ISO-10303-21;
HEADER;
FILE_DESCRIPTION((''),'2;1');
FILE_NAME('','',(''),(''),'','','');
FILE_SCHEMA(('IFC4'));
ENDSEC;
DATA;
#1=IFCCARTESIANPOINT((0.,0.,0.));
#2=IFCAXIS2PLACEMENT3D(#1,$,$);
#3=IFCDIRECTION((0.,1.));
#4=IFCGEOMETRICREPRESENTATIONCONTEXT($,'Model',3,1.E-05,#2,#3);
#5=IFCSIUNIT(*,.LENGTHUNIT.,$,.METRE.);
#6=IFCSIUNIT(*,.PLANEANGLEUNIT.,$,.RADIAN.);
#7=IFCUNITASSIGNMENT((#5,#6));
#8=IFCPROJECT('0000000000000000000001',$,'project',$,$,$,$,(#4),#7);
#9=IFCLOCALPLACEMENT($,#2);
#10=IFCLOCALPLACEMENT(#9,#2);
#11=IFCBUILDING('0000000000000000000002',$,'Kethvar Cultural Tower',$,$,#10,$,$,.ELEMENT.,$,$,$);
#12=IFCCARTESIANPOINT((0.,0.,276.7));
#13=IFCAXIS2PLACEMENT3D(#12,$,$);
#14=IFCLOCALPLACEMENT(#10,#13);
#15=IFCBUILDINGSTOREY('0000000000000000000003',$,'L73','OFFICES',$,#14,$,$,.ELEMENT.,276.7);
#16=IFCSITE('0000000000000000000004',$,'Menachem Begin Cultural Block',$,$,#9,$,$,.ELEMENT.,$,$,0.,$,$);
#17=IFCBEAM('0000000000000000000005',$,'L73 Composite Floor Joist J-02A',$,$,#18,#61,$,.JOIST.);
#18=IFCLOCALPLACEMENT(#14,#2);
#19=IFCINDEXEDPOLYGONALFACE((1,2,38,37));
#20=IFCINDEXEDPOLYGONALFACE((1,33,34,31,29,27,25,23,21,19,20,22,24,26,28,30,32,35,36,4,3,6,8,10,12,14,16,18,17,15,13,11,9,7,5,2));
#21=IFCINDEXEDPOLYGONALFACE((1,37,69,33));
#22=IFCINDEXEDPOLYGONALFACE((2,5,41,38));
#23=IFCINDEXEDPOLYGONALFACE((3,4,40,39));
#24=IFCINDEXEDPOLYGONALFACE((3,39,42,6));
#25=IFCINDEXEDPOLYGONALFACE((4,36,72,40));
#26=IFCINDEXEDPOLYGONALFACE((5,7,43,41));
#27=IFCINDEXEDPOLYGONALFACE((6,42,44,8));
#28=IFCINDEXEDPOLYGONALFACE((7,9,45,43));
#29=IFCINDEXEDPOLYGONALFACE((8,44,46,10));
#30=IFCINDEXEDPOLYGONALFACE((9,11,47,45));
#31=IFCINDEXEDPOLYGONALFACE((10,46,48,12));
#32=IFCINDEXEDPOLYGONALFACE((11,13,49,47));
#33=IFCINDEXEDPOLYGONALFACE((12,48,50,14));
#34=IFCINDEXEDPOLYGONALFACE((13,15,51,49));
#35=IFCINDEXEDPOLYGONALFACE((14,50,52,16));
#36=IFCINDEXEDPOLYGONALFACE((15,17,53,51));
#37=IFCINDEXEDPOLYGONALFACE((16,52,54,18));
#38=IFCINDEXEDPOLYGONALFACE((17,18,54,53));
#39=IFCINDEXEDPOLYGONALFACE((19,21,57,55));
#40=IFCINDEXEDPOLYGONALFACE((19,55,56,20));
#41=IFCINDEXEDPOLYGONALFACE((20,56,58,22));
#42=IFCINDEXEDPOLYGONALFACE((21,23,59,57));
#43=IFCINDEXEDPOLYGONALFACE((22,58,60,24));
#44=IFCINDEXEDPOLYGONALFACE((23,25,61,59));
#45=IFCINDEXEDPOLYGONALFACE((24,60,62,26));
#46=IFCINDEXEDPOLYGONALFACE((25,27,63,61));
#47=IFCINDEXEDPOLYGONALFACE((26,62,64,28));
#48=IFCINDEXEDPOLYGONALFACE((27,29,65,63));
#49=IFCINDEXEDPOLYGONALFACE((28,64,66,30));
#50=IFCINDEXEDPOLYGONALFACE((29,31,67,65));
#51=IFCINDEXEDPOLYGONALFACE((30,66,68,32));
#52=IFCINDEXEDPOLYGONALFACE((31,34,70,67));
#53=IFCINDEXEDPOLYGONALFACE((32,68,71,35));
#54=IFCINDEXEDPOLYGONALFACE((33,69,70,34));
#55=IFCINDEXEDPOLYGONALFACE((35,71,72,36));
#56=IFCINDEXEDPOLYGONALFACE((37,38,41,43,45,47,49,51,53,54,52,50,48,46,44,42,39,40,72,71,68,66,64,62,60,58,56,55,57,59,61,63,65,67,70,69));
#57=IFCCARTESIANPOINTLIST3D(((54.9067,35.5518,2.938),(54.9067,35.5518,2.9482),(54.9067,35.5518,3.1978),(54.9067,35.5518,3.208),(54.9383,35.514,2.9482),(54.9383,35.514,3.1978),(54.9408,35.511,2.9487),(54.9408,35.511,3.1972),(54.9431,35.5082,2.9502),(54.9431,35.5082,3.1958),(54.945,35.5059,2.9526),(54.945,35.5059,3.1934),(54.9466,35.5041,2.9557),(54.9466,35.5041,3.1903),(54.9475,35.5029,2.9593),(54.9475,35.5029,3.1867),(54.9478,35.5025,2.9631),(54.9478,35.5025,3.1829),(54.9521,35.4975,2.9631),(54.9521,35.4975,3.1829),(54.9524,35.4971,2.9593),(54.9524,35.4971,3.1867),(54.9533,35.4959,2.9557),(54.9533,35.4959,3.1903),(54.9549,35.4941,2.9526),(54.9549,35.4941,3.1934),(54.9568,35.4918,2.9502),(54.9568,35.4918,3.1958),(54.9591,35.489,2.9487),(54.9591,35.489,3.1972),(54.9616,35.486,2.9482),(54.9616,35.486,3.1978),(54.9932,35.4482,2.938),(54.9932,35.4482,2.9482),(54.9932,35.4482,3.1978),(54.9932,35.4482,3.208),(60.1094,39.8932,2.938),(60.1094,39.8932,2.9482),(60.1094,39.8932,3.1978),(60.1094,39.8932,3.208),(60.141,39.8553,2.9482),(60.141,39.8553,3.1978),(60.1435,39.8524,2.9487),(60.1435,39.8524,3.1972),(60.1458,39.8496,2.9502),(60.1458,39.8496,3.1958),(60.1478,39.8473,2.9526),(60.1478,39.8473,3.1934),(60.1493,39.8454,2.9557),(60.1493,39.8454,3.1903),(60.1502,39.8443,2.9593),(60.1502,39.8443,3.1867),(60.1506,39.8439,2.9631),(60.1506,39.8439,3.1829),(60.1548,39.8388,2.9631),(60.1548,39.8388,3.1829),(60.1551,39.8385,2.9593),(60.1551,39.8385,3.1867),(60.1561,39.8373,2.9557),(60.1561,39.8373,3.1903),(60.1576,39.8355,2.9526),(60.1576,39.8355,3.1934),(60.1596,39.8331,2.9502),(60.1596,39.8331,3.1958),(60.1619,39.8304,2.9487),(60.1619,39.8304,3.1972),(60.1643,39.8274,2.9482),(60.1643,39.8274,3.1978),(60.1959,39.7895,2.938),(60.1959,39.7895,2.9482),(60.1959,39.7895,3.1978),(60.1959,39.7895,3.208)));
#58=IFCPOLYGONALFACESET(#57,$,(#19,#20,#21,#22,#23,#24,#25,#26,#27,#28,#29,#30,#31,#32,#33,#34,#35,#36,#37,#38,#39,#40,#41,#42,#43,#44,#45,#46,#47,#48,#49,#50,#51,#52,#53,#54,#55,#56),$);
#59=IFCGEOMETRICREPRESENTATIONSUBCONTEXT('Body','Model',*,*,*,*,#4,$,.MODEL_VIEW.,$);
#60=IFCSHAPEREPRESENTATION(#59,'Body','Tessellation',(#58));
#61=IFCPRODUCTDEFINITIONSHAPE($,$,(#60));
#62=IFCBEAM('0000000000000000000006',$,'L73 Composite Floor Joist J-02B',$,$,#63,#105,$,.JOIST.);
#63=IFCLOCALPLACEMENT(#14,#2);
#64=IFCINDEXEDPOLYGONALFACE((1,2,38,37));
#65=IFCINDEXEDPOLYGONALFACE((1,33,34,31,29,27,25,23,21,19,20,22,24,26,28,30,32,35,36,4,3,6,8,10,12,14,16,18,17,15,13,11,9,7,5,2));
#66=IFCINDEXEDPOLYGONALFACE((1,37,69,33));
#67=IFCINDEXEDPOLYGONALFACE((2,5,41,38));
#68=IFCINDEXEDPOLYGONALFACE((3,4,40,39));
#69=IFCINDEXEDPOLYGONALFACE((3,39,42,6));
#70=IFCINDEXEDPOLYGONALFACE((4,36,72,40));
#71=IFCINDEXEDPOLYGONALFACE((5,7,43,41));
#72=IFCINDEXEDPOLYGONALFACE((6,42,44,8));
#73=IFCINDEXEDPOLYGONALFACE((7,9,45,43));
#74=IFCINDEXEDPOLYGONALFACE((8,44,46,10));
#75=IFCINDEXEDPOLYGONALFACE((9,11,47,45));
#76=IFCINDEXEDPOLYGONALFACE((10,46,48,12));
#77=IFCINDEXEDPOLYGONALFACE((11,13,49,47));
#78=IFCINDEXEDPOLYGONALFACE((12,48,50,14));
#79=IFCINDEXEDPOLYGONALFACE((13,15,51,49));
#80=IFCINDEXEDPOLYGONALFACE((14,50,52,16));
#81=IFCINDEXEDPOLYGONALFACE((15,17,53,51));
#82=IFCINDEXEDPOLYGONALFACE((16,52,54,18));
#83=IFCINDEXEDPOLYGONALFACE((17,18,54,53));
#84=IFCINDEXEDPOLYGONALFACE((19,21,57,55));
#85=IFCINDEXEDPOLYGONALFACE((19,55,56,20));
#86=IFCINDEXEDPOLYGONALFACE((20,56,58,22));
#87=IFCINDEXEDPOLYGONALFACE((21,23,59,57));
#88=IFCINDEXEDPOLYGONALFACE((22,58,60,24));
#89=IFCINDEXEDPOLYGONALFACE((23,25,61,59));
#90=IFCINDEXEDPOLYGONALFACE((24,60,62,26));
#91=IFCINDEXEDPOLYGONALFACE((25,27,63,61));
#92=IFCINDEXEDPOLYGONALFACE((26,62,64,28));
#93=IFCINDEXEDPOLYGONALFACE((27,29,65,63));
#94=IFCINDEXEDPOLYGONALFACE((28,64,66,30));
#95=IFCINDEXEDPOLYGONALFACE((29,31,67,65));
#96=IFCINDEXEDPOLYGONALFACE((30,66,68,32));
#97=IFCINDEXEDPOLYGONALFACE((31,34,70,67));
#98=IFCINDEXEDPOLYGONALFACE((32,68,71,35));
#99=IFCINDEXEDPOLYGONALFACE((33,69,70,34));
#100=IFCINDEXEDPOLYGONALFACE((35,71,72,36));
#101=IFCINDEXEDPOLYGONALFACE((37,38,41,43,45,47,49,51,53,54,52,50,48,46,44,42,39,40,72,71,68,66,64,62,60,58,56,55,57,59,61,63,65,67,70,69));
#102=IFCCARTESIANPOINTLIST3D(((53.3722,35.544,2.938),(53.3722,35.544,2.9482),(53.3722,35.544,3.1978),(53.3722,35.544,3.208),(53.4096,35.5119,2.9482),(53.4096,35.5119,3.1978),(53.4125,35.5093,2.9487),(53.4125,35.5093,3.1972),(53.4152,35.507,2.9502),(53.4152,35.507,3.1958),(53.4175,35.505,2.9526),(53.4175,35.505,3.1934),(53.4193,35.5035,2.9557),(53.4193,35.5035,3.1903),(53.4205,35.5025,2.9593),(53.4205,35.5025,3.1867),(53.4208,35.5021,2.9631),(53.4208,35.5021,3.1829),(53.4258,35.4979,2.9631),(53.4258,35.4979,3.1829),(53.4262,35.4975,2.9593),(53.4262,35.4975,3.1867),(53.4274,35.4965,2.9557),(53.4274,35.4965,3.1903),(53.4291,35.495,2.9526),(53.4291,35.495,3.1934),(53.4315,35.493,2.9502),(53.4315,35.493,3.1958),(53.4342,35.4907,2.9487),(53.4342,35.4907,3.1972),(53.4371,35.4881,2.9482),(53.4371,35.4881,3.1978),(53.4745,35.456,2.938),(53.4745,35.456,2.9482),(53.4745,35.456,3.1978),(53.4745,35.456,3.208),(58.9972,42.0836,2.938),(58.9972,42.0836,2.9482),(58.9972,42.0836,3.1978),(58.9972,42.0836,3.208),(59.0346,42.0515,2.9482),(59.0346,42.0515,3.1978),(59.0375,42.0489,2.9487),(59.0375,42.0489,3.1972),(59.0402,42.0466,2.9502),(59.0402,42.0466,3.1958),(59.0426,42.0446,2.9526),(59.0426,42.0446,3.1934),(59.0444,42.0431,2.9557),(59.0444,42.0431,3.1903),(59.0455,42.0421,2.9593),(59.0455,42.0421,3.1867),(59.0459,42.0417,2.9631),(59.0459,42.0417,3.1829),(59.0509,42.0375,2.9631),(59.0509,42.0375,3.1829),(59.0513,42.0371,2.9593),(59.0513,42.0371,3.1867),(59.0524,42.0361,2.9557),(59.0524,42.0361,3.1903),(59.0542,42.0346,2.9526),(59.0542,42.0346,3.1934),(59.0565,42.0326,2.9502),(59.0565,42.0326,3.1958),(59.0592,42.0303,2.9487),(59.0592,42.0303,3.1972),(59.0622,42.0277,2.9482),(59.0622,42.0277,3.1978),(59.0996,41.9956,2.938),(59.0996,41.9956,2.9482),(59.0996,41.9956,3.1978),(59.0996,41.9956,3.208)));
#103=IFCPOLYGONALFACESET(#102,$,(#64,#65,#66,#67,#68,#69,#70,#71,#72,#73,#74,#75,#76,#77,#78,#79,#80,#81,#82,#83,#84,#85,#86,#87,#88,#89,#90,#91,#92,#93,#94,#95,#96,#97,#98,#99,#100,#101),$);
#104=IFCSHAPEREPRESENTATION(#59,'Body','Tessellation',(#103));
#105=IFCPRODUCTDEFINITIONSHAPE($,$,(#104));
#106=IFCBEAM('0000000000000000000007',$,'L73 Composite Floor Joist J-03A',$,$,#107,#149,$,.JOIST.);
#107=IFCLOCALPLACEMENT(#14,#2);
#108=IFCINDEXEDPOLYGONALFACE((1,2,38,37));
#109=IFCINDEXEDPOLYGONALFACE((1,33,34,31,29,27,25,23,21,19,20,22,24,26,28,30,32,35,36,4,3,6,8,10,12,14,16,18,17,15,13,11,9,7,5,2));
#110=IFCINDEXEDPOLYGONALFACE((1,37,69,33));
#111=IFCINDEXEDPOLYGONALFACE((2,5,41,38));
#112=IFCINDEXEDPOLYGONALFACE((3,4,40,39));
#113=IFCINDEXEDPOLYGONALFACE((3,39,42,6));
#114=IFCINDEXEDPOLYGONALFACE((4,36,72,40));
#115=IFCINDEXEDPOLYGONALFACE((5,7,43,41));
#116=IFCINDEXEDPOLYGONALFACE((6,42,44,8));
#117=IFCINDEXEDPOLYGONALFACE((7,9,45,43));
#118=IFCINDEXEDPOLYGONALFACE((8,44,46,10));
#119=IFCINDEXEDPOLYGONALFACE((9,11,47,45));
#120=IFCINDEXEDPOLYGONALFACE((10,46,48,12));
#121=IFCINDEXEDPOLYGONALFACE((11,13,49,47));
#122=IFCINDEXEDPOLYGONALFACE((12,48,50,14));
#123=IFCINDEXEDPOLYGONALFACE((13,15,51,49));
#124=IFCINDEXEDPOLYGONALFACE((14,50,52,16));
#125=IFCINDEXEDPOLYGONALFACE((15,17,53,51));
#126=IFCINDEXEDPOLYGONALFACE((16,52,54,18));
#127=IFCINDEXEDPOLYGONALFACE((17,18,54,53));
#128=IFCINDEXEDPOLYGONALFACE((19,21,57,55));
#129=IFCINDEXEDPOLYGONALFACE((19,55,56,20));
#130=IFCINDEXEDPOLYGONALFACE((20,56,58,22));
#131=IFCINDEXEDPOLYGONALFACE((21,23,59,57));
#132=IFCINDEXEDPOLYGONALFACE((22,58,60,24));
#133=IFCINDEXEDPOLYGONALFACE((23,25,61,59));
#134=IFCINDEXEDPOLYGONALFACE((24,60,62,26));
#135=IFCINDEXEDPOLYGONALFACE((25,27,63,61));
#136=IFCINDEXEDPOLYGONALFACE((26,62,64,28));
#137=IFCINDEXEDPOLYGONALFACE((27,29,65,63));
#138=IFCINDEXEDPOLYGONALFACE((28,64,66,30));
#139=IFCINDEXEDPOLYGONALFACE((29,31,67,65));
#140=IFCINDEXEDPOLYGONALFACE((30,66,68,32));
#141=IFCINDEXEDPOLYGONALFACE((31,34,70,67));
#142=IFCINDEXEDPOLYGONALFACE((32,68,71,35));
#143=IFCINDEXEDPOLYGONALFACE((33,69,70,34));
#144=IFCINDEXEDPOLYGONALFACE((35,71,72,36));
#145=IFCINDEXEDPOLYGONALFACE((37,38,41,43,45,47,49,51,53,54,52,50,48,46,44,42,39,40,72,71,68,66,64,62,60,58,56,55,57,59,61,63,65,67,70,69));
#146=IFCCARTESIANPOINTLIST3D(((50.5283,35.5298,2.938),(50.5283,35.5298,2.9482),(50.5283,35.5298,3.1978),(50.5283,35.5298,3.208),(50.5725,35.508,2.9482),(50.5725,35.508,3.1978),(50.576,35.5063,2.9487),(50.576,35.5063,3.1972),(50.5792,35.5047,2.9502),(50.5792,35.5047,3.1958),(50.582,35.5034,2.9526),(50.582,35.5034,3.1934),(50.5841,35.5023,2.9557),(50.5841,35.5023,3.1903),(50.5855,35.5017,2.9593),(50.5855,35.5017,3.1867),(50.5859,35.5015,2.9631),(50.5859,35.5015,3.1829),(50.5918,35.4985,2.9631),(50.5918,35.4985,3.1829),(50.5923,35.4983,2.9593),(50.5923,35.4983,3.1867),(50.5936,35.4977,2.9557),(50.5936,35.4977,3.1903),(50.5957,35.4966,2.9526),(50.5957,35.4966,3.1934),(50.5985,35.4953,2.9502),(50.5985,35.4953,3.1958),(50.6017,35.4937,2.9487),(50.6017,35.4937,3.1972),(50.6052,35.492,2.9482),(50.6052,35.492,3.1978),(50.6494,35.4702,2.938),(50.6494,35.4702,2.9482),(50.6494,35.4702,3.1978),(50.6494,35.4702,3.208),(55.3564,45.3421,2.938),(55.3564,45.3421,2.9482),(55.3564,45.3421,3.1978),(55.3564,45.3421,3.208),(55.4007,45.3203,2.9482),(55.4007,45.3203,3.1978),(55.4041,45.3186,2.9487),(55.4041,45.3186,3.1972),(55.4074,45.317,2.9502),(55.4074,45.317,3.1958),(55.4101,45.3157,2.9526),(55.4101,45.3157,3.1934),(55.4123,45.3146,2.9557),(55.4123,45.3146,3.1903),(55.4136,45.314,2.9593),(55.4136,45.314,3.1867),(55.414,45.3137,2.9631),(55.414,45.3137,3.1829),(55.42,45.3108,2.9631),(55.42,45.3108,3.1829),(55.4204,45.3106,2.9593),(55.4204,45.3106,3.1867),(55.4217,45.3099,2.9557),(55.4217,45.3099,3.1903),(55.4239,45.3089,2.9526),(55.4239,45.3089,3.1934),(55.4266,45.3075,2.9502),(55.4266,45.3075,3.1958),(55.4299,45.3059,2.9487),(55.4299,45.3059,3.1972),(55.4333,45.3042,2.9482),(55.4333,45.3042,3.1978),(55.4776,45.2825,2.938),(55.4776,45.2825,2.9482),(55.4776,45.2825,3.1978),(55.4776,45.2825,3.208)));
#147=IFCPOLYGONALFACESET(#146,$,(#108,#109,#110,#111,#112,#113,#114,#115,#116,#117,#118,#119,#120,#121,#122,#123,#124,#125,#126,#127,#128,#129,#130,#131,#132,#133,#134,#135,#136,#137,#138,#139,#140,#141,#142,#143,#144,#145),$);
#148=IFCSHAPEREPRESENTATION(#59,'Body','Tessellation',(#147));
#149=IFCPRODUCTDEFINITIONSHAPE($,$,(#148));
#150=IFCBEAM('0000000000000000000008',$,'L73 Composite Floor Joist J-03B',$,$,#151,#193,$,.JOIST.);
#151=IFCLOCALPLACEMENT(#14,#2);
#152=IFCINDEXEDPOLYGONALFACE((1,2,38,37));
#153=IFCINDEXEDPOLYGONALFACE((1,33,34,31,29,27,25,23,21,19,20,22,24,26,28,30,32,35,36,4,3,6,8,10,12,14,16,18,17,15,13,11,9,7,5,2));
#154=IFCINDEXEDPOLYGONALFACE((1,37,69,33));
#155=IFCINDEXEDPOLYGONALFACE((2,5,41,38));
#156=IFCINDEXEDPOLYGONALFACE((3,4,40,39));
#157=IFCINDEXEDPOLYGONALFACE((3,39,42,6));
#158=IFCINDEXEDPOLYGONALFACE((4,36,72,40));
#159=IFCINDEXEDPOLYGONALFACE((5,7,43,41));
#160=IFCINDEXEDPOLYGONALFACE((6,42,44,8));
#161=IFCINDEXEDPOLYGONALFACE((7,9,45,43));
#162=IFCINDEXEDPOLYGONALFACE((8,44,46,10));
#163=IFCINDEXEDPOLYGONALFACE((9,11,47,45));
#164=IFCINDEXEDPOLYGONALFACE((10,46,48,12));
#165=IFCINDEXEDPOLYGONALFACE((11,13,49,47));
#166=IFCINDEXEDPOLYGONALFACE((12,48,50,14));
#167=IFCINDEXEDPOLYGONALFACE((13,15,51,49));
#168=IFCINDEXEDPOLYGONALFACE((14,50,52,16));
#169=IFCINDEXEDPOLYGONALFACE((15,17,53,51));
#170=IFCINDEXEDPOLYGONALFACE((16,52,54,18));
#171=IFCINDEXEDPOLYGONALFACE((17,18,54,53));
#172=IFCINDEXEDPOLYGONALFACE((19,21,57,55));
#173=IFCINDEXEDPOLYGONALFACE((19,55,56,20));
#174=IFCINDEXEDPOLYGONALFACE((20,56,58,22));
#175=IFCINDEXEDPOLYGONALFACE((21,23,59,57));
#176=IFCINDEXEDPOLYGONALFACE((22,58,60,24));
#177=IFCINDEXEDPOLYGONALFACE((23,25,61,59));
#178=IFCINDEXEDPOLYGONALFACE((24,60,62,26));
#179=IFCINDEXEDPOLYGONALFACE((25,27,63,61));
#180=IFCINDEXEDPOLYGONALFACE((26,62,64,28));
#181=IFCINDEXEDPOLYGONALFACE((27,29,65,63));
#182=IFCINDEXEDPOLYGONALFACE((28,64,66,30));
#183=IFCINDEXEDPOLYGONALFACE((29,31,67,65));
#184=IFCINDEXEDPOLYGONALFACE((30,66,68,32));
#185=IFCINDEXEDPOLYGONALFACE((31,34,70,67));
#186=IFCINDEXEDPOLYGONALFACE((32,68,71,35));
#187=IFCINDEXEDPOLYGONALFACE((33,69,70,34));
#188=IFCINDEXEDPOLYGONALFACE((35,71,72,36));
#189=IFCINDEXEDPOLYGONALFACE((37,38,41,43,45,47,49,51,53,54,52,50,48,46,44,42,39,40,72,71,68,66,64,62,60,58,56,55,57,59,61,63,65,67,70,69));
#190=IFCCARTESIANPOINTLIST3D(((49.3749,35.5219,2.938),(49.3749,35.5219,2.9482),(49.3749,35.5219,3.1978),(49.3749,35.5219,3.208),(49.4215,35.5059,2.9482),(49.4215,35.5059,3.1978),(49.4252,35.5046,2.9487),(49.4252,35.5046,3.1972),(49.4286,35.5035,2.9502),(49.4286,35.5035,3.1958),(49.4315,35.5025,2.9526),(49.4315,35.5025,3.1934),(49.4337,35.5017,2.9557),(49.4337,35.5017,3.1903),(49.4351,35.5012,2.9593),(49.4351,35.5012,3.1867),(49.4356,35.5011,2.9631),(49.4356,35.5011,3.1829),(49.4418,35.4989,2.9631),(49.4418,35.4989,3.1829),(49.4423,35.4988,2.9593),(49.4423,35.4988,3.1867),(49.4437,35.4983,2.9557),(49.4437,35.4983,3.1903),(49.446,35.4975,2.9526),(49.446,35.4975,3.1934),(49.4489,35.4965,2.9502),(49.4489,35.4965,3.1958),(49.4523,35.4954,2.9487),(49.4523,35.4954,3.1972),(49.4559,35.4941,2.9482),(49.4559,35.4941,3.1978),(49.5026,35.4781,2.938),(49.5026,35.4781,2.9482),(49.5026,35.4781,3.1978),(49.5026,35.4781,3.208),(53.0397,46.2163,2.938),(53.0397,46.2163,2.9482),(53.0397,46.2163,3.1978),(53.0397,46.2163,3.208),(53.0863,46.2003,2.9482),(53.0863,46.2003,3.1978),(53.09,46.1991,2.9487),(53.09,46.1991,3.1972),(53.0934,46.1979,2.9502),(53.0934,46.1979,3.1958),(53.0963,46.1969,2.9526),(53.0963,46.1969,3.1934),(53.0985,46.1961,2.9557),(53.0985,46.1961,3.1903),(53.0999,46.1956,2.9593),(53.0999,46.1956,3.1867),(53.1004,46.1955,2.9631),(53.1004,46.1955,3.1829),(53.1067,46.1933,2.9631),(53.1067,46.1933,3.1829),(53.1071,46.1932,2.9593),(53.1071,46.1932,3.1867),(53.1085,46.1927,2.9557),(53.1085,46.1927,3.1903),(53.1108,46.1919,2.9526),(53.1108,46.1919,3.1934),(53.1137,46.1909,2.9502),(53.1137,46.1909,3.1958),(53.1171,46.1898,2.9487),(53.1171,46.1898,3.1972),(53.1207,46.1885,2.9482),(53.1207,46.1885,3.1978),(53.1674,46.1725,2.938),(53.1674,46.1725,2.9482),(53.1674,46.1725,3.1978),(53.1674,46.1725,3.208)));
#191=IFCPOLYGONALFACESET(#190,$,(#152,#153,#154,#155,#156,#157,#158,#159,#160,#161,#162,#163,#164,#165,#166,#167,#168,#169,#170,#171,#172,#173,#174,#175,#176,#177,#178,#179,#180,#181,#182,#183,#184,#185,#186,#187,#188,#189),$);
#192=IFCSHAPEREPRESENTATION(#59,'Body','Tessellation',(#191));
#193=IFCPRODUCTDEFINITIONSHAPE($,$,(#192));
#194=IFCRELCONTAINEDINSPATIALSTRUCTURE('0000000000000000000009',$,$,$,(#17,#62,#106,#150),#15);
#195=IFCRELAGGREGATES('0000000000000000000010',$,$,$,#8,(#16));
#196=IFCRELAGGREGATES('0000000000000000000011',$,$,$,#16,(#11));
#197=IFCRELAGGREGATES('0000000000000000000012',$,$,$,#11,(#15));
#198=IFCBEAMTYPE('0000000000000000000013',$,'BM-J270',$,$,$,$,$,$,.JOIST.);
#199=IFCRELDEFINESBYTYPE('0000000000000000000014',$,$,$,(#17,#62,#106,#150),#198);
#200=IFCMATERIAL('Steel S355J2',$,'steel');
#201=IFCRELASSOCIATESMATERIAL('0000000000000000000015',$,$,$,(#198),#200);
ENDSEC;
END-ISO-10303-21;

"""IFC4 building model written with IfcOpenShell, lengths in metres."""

from ifc_helpers import new_model, si_unit, direction, frame, origin, origin_2d, place, context, subcontext, project, spatial, i_section, extrude, source, transform, mapped, material, material_profile, profile_set, type_object, element, save


model = new_model("IFC4")

# Units and contexts
model_context = context("Model", 3, precision=1e-05, world=origin(), true_north=direction((0.0, 1.0)))
body_context = subcontext(model_context, "Body", "Model", "MODEL_VIEW")
ifc_project = project(units=[si_unit("LENGTHUNIT", "METRE"), si_unit("PLANEANGLEUNIT", "RADIAN")], contexts=[model_context])

# Site, building, storey
site_placement = place(None, origin())
site = spatial("IfcSite", under=ifc_project, at=site_placement, Name="Menachem Begin Cultural Block", CompositionType="ELEMENT", RefElevation=0.0)
building_placement = place(site_placement, origin())
building = spatial("IfcBuilding", under=site, at=building_placement, Name="Kethvar Cultural Tower", CompositionType="ELEMENT")
storey_placement = place(building_placement, frame((0.0, 0.0, 276.7)))
storey = spatial("IfcBuildingStorey", under=building, at=storey_placement, Name="L73", Description="OFFICES", CompositionType="ELEMENT", Elevation=276.7)

# Beams
ifc_material_1 = material(Name="Steel S355J2", Category="steel")
ifc_material_profile_1 = material_profile(ifc_material_1, i_section(OverallWidth=0.135, OverallDepth=0.27, WebThickness=0.0066, FlangeThickness=0.0103, FilletRadius=0.0149, at=origin_2d()), Name="Steel S355J2 — IPE270")
ifc_profile_set_1 = profile_set([ifc_material_profile_1], Name="Steel S355J2 — IPE270")
beam_type_1 = type_object("IfcBeamType", Name="BM-J270", PredefinedType="JOIST", material=ifc_profile_set_1)
shared_shape_1 = source(origin(), body_context, "Body", "SweptSolid", [
    extrude(i_section(OverallWidth=0.135, OverallDepth=0.27, WebThickness=0.0066, FlangeThickness=0.0103, FilletRadius=0.0149, at=origin_2d()), origin(), (0.0, 0.0, 1.0), 6.7761),
])
beam_1_placement = place(storey_placement, frame((54.95, 35.5, 3.073), z_axis=(0.767802, 0.640688, 0.0), x_axis=(-0.640688, 0.767802, 0.0)))
element("IfcBeam", 1, at=beam_1_placement, inside=storey, type_object=beam_type_1, Name="L73 Composite Floor Joist J-02A", PredefinedType="JOIST", context=body_context, shape_type="MappedRepresentation", body=[
    mapped(shared_shape_1, transform((0.0, 0.0, 0.0), scale=1.0)),
])
shared_shape_2 = source(origin(), body_context, "Body", "SweptSolid", [
    extrude(i_section(OverallWidth=0.135, OverallDepth=0.27, WebThickness=0.0066, FlangeThickness=0.0103, FilletRadius=0.0149, at=origin_2d()), origin(), (0.0, 0.0, 1.0), 8.626),
])
beam_2_placement = place(storey_placement, frame((53.4233, 35.5, 3.073), z_axis=(0.652105, 0.758129, 0.0), x_axis=(-0.758129, 0.652105, 0.0)))
element("IfcBeam", 2, at=beam_2_placement, inside=storey, type_object=beam_type_1, Name="L73 Composite Floor Joist J-02B", PredefinedType="JOIST", context=body_context, shape_type="MappedRepresentation", body=[
    mapped(shared_shape_2, transform((0.0, 0.0, 0.0), scale=1.0)),
])
shared_shape_3 = source(origin(), body_context, "Body", "SweptSolid", [
    extrude(i_section(OverallWidth=0.135, OverallDepth=0.27, WebThickness=0.0066, FlangeThickness=0.0103, FilletRadius=0.0149, at=origin_2d()), origin(), (0.0, 0.0, 1.0), 10.9358),
])
beam_3_placement = place(storey_placement, frame((50.5889, 35.5, 3.073), z_axis=(0.441498, 0.897262, 0.0), x_axis=(-0.897262, 0.441498, 0.0)))
element("IfcBeam", 3, at=beam_3_placement, inside=storey, type_object=beam_type_1, Name="L73 Composite Floor Joist J-03A", PredefinedType="JOIST", context=body_context, shape_type="MappedRepresentation", body=[
    mapped(shared_shape_3, transform((0.0, 0.0, 0.0), scale=1.0)),
])
shared_shape_4 = source(origin(), body_context, "Body", "SweptSolid", [
    extrude(i_section(OverallWidth=0.135, OverallDepth=0.27, WebThickness=0.0066, FlangeThickness=0.0103, FilletRadius=0.0149, at=origin_2d()), origin(), (0.0, 0.0, 1.0), 11.3049),
])
beam_4_placement = place(storey_placement, frame((49.4387, 35.5, 3.073), z_axis=(0.324179, 0.945996, 0.0), x_axis=(-0.945996, 0.324179, 0.0)))
element("IfcBeam", 4, at=beam_4_placement, inside=storey, type_object=beam_type_1, Name="L73 Composite Floor Joist J-03B", PredefinedType="JOIST", context=body_context, shape_type="MappedRepresentation", body=[
    mapped(shared_shape_4, transform((0.0, 0.0, 0.0), scale=1.0)),
])

save(model, "model.ifc")
